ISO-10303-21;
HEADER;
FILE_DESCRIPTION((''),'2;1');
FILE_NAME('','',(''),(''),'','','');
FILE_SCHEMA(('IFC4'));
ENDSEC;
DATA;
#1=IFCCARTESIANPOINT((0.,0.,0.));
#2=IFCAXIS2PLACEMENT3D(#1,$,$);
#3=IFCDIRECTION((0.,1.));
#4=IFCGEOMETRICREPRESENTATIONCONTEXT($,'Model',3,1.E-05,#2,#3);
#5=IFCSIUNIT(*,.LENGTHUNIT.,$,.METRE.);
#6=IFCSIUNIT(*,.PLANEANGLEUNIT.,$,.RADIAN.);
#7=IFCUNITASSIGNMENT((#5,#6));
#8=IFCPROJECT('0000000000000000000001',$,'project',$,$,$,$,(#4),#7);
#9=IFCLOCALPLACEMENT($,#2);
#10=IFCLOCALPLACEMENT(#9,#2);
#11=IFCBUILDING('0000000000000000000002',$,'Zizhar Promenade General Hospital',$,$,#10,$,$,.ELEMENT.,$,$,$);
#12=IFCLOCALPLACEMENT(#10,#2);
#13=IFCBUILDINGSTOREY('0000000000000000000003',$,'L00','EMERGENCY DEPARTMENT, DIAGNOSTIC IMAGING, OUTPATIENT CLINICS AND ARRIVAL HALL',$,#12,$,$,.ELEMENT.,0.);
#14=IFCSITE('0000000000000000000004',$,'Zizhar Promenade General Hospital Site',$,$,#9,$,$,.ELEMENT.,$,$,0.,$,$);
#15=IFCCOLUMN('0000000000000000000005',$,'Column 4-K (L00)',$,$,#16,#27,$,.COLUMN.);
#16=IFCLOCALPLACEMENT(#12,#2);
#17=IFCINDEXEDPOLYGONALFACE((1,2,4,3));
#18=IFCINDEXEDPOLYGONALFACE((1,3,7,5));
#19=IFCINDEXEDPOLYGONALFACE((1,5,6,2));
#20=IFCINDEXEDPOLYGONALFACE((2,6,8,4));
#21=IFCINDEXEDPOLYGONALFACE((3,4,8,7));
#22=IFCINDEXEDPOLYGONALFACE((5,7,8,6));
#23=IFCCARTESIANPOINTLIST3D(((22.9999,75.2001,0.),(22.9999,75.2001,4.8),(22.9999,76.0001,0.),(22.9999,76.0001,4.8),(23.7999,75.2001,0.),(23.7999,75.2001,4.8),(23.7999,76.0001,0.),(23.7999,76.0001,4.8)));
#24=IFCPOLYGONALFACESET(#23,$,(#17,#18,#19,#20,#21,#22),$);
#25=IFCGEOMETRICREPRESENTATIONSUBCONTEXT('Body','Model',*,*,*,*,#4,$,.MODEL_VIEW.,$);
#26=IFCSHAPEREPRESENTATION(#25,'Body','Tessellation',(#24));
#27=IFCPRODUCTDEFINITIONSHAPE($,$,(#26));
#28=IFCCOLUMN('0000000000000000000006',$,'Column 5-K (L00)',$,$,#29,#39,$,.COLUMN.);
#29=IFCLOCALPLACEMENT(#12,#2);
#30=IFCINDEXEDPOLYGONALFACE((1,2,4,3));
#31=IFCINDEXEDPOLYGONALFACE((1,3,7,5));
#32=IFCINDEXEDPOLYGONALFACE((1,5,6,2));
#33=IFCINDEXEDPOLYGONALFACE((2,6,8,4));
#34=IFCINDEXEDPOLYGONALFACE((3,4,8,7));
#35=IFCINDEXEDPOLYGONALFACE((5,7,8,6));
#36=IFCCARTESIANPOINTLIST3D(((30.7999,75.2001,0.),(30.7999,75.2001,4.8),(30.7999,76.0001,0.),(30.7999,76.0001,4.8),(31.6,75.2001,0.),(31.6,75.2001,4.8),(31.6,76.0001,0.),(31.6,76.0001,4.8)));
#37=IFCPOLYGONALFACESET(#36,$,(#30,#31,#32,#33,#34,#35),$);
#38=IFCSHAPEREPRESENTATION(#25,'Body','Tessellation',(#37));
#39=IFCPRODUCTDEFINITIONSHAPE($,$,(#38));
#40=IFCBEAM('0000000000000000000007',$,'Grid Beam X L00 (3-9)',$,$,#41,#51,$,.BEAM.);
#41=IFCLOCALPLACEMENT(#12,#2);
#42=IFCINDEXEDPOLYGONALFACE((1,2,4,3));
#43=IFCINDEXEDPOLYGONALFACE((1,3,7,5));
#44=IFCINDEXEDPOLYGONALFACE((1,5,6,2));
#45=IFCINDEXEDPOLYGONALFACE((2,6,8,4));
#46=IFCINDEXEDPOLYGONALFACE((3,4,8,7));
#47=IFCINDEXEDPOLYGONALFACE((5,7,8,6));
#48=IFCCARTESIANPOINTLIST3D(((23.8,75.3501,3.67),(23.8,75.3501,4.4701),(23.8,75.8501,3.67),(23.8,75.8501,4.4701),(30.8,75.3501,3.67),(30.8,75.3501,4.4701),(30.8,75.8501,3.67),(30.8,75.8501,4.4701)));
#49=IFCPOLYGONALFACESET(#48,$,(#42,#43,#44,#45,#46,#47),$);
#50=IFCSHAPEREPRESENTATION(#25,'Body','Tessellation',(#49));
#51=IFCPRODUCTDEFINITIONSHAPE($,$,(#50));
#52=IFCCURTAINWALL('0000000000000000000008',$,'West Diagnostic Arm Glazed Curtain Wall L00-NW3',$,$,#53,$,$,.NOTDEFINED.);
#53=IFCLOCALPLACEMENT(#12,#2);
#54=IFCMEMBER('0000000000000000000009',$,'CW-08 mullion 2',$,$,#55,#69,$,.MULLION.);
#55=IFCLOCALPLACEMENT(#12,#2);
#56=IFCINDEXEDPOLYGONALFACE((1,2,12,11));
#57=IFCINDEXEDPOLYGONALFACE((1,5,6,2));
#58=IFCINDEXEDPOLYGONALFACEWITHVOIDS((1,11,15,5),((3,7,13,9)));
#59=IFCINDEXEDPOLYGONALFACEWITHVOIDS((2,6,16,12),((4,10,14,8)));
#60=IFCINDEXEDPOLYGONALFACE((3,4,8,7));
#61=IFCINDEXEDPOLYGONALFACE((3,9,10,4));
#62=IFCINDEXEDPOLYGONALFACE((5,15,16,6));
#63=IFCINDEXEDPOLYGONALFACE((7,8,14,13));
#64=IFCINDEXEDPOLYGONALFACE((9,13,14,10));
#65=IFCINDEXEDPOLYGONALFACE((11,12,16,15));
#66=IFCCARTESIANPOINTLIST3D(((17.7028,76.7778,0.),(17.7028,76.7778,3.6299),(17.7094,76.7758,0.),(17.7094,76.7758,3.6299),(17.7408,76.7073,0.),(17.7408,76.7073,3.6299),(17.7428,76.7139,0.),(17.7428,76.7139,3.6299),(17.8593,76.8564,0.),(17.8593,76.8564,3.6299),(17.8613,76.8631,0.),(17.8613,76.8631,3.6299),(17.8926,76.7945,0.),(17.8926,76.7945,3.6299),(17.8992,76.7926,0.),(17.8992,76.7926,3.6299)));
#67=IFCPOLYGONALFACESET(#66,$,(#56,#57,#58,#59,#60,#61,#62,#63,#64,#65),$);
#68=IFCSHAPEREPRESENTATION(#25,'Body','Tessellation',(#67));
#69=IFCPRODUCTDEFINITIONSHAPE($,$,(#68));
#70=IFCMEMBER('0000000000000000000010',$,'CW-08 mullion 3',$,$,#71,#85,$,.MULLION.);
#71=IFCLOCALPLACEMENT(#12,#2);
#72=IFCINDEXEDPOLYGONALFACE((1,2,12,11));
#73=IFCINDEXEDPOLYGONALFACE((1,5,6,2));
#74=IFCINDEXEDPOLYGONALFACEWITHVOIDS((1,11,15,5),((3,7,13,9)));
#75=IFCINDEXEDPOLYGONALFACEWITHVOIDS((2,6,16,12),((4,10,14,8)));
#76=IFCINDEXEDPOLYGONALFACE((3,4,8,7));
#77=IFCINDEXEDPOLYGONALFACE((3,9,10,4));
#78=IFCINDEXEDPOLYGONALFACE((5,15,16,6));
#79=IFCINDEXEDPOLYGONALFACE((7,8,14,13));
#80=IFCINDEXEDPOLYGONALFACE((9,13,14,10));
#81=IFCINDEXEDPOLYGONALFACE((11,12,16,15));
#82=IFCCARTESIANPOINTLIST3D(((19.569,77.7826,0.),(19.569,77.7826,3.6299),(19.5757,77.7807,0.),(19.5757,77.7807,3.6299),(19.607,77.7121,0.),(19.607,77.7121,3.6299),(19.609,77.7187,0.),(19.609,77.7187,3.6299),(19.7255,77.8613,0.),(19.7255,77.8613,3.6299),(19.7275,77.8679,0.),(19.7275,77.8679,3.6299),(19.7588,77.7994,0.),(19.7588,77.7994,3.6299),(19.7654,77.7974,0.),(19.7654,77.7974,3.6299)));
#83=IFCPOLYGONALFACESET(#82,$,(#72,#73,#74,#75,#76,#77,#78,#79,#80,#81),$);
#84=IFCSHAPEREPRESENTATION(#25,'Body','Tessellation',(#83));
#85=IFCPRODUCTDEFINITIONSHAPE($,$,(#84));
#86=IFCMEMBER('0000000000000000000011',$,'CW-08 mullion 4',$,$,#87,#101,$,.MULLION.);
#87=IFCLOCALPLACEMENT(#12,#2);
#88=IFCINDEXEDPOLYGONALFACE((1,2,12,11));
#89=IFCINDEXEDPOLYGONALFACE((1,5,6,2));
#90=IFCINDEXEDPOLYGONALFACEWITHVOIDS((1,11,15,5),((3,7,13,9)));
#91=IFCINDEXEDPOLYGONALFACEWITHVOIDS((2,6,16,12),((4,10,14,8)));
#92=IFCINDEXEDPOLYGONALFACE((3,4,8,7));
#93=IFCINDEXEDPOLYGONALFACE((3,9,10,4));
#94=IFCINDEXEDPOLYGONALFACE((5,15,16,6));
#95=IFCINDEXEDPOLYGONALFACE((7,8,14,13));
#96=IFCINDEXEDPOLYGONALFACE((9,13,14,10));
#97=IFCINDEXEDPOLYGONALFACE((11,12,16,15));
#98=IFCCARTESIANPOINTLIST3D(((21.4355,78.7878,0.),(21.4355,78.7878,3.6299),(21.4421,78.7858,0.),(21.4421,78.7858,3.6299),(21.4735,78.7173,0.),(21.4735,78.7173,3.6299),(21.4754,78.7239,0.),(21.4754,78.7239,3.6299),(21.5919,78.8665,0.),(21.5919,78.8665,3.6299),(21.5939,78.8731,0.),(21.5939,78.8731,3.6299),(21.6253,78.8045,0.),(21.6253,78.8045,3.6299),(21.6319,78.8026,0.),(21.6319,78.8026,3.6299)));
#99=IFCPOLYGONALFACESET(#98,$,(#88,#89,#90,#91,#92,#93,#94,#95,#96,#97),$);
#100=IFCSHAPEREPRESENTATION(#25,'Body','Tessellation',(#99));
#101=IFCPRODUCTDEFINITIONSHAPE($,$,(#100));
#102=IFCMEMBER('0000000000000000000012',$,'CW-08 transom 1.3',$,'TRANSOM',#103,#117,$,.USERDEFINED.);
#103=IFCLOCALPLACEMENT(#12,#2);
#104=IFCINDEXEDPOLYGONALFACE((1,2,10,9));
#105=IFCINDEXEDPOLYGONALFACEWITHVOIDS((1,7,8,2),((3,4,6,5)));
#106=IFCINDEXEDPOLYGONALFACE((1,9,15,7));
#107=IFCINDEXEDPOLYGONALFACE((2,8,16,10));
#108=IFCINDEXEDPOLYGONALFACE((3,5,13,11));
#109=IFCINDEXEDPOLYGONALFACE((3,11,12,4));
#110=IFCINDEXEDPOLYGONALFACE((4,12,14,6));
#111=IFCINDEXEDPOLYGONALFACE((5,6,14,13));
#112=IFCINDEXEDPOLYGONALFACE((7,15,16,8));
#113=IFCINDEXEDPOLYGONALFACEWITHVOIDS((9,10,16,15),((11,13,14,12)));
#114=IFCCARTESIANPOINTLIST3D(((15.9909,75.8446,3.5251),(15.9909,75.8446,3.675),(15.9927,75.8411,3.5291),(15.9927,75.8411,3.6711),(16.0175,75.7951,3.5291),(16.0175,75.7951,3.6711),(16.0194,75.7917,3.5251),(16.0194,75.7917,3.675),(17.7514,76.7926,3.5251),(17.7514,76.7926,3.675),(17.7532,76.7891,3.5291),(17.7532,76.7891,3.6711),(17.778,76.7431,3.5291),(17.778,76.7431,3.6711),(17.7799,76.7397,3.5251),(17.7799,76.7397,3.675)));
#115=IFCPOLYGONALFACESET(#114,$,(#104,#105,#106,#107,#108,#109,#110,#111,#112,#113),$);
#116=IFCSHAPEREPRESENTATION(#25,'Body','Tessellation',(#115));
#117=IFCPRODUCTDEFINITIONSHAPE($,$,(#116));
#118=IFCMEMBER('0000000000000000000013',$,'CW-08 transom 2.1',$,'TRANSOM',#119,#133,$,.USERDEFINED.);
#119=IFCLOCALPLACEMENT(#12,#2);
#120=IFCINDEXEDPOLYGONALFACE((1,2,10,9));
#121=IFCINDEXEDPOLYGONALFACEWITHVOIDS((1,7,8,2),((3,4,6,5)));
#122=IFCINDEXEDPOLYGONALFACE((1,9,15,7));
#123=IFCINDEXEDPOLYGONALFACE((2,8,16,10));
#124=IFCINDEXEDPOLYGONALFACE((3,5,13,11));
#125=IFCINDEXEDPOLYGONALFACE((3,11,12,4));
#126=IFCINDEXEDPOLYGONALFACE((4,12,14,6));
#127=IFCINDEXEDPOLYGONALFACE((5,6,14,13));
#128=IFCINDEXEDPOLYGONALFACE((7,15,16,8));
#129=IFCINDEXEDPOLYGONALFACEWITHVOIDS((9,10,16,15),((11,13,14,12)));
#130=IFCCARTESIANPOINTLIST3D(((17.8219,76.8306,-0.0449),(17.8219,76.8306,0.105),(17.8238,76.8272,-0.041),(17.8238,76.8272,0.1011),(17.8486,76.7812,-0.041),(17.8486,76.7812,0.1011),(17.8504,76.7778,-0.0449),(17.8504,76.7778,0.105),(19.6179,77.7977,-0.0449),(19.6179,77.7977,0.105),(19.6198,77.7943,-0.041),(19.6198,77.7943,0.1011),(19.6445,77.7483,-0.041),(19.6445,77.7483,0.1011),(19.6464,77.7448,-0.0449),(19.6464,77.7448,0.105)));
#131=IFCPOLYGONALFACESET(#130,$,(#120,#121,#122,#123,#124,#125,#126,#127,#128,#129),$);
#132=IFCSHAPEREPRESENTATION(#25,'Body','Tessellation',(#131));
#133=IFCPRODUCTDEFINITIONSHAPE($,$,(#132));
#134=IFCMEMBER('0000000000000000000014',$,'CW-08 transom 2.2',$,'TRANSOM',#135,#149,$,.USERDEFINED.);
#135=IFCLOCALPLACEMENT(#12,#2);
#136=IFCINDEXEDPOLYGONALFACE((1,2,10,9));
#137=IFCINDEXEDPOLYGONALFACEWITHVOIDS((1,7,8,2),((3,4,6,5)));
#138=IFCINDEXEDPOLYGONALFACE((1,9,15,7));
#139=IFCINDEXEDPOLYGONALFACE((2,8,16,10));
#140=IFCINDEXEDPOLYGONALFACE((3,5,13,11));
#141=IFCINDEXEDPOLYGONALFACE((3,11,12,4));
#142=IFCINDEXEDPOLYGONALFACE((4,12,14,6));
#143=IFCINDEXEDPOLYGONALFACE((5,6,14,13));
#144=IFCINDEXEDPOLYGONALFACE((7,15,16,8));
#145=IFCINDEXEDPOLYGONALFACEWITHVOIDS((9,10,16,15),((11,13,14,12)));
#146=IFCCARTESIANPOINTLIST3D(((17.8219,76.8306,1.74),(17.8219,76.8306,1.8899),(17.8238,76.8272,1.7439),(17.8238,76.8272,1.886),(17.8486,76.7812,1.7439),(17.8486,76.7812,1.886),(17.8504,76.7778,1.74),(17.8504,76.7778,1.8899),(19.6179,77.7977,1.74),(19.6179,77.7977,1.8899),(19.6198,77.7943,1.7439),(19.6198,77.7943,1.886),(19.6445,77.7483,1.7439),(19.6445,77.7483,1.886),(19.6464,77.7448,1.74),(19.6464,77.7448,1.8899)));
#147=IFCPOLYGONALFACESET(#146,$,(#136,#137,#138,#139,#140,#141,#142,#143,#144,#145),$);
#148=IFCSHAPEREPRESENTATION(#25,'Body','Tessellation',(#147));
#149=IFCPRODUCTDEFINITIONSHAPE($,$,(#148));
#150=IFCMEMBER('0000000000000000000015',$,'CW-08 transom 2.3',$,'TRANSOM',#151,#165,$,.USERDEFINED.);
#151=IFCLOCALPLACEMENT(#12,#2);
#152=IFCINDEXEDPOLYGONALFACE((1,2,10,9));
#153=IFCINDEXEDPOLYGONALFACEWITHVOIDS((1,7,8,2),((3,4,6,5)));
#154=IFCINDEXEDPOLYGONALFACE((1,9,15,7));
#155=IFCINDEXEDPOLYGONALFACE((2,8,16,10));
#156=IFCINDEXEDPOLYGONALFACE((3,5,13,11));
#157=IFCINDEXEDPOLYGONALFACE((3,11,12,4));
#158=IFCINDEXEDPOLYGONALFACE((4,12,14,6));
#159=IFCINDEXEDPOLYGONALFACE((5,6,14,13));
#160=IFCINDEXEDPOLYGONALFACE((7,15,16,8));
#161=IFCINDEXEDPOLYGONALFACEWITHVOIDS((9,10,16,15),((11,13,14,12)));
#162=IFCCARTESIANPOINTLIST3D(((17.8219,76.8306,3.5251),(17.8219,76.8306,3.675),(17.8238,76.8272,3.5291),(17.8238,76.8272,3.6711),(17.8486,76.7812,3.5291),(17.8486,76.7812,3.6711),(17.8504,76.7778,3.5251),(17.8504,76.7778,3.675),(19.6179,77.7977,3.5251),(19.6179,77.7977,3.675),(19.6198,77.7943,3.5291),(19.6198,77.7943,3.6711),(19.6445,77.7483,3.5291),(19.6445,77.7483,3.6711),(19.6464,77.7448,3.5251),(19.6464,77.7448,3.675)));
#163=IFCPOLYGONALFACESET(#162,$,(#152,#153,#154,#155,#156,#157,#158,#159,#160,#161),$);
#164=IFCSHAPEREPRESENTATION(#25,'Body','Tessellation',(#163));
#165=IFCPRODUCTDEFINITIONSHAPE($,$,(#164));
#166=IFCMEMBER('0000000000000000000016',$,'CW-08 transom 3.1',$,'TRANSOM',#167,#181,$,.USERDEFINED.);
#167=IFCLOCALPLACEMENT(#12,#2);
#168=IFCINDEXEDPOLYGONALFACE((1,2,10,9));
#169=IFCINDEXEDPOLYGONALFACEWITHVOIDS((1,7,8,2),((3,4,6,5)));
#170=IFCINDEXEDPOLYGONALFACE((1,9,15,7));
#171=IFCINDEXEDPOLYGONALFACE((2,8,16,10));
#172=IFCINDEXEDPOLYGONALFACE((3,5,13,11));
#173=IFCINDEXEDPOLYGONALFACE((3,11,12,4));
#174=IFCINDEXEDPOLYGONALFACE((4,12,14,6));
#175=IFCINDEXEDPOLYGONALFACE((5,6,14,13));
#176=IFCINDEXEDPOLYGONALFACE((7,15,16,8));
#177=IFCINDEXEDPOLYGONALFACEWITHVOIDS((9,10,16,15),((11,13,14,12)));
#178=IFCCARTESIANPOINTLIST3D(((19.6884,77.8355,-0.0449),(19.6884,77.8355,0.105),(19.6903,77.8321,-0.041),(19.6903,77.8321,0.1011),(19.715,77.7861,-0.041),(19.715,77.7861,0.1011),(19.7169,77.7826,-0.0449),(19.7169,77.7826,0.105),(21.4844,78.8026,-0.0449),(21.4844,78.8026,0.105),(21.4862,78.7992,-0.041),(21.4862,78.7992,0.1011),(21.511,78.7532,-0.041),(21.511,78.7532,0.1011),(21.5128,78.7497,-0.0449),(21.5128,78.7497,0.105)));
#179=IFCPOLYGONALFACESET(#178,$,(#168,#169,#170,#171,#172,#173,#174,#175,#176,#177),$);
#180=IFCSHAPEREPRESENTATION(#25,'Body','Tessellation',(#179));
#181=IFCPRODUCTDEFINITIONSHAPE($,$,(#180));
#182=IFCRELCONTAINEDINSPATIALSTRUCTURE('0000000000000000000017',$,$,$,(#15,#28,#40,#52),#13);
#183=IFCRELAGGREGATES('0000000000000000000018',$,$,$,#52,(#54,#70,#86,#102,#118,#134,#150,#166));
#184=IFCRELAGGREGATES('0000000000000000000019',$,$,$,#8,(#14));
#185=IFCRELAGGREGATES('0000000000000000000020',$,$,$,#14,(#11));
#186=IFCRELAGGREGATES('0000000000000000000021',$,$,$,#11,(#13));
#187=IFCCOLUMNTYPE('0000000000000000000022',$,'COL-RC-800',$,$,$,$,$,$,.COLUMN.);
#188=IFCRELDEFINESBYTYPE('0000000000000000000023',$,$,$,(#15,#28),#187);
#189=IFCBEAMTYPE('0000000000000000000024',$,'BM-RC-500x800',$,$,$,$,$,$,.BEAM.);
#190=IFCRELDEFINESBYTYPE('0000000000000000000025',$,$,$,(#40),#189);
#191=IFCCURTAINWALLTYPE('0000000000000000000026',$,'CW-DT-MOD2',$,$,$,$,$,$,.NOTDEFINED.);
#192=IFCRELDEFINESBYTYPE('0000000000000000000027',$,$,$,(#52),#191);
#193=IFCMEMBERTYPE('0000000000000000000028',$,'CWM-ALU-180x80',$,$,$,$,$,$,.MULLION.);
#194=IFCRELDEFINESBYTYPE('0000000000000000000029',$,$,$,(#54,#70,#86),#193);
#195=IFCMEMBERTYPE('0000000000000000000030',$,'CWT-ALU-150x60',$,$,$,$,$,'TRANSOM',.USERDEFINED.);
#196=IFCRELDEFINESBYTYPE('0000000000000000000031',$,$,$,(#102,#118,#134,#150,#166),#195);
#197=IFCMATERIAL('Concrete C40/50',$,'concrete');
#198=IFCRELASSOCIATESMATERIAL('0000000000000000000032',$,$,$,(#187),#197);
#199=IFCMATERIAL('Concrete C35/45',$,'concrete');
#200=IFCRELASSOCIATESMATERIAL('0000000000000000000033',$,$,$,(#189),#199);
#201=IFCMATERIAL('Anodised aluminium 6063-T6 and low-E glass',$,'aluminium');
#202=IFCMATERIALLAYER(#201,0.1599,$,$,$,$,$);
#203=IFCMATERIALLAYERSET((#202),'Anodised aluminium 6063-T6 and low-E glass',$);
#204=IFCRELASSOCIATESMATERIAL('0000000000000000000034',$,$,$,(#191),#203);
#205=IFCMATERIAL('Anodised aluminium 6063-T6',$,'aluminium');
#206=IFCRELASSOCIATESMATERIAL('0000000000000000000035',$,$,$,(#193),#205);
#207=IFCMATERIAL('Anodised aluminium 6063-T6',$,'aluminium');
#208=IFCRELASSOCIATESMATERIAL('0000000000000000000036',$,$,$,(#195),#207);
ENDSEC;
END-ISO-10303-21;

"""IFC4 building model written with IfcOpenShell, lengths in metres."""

from ifc_helpers import new_model, si_unit, direction, frame, origin, origin_2d, place, context, subcontext, project, spatial, rectangle, hollow_rectangle, extrude, material, layer, layer_set, material_profile, profile_set, type_object, element, aggregate, save


model = new_model("IFC4")

# Units and contexts
model_context = context("Model", 3, precision=1e-05, world=origin(), true_north=direction((0.0, 1.0)))
body_context = subcontext(model_context, "Body", "Model", "MODEL_VIEW")
ifc_project = project(units=[si_unit("LENGTHUNIT", "METRE"), si_unit("PLANEANGLEUNIT", "RADIAN")], contexts=[model_context])

# Site, building, storey
site_placement = place(None, origin())
site = spatial("IfcSite", under=ifc_project, at=site_placement, Name="Zizhar Promenade General Hospital Site", CompositionType="ELEMENT", RefElevation=0.0)
building_placement = place(site_placement, origin())
building = spatial("IfcBuilding", under=site, at=building_placement, Name="Zizhar Promenade General Hospital", CompositionType="ELEMENT")
storey_placement = place(building_placement, origin())
storey = spatial("IfcBuildingStorey", under=building, at=storey_placement, Name="L00", Description="EMERGENCY DEPARTMENT, DIAGNOSTIC IMAGING, OUTPATIENT CLINICS AND ARRIVAL HALL", CompositionType="ELEMENT", Elevation=0.0)

# Columns
ifc_material_1 = material(Name="Concrete C40/50", Category="concrete")
ifc_material_profile_1 = material_profile(ifc_material_1, rectangle(XDim=0.8, YDim=0.8, at=origin_2d()))
ifc_profile_set_1 = profile_set([ifc_material_profile_1], Name="Concrete C40/50")
column_type = type_object("IfcColumnType", Name="COL-RC-800", PredefinedType="COLUMN", material=ifc_profile_set_1)
for number, where, z_axis, x_axis, name in (
    (1, (23.3999, 75.6001, 0.0), (0.0, 0.0, 1.0), (1.0, 0.0, 0.0), "Column 4-K (L00)"),
    (2, (31.2, 75.6001, 0.0), (0.0, 0.0, 1.0), (1.0, 0.0, 0.0), "Column 5-K (L00)"),
):
    element("IfcColumn", number, at=place(storey_placement, frame(where, z_axis=z_axis, x_axis=x_axis)), inside=storey, type_object=column_type, Name=name, PredefinedType="COLUMN", context=body_context, shape_type="SweptSolid", body=[
        extrude(rectangle(XDim=0.8, YDim=0.8, at=origin_2d()), origin(), (0.0, 0.0, 1.0), 4.8),
    ])

# Beam
ifc_material_2 = material(Name="Concrete C35/45", Category="concrete")
ifc_material_profile_2 = material_profile(ifc_material_2, rectangle(XDim=0.5, YDim=0.8, at=origin_2d()))
ifc_profile_set_2 = profile_set([ifc_material_profile_2], Name="Concrete C35/45")
beam_type = type_object("IfcBeamType", Name="BM-RC-500x800", PredefinedType="BEAM", material=ifc_profile_set_2)
beam_placement = place(storey_placement, frame((23.8, 75.6001, 4.0701), z_axis=(1.0, 0.0, 0.0), x_axis=(0.0, 1.0, 0.0)))
element("IfcBeam", 3, at=beam_placement, inside=storey, type_object=beam_type, Name="Grid Beam X L00 (3-9)", PredefinedType="BEAM", context=body_context, shape_type="SweptSolid", body=[
    extrude(rectangle(XDim=0.5, YDim=0.8, at=origin_2d()), origin(), (0.0, 0.0, 1.0), 7.0),
])

# Curtain wall, members
ifc_material_3 = material(Name="Anodised aluminium 6063-T6 and low-E glass", Category="aluminium")
ifc_layer_1 = layer(ifc_material_3, 0.1599)
ifc_layer_set_1 = layer_set([ifc_layer_1], Name="Anodised aluminium 6063-T6 and low-E glass")
curtain_wall_type = type_object("IfcCurtainWallType", Name="CW-DT-MOD2", PredefinedType="NOTDEFINED", material=ifc_layer_set_1)
curtain_wall_placement = place(storey_placement, origin())
curtain_wall = element("IfcCurtainWall", 4, at=curtain_wall_placement, inside=storey, type_object=curtain_wall_type, Name="West Diagnostic Arm Glazed Curtain Wall L00-NW3", PredefinedType="NOTDEFINED")
ifc_material_4 = material(Name="Anodised aluminium 6063-T6", Category="aluminium")
ifc_material_profile_3 = material_profile(ifc_material_4, hollow_rectangle(XDim=0.0801, YDim=0.1799, WallThickness=0.0049, at=origin_2d()))
ifc_profile_set_3 = profile_set([ifc_material_profile_3], Name="Anodised aluminium 6063-T6")
member_type_1 = type_object("IfcMemberType", Name="CWM-ALU-180x80", PredefinedType="MULLION", material=ifc_profile_set_3)
member_1_placement = place(storey_placement, frame((17.801, 76.7852, 0.0), z_axis=(0.0, 0.0, 1.0), x_axis=(-0.474097, 0.880473, 0.0)))
member_1 = element("IfcMember", 5, at=member_1_placement, type_object=member_type_1, Name="CW-08 mullion 2", PredefinedType="MULLION", context=body_context, shape_type="SweptSolid", body=[
    extrude(hollow_rectangle(XDim=0.0801, YDim=0.1799, WallThickness=0.0049, at=origin_2d()), origin(), (0.0, 0.0, 1.0), 3.6299),
])
member_2_placement = place(storey_placement, frame((19.6672, 77.79, 0.0), z_axis=(0.0, 0.0, 1.0), x_axis=(-0.474097, 0.880473, 0.0)))
member_2 = element("IfcMember", 6, at=member_2_placement, type_object=member_type_1, Name="CW-08 mullion 3", PredefinedType="MULLION", context=body_context, shape_type="SweptSolid", body=[
    extrude(hollow_rectangle(XDim=0.0801, YDim=0.1799, WallThickness=0.0049, at=origin_2d()), origin(), (0.0, 0.0, 1.0), 3.6299),
])
member_3_placement = place(storey_placement, frame((21.5337, 78.7952, 0.0), z_axis=(0.0, 0.0, 1.0), x_axis=(-0.474097, 0.880473, 0.0)))
member_3 = element("IfcMember", 7, at=member_3_placement, type_object=member_type_1, Name="CW-08 mullion 4", PredefinedType="MULLION", context=body_context, shape_type="SweptSolid", body=[
    extrude(hollow_rectangle(XDim=0.0801, YDim=0.1799, WallThickness=0.0049, at=origin_2d()), origin(), (0.0, 0.0, 1.0), 3.6299),
])
ifc_material_5 = material(Name="Anodised aluminium 6063-T6", Category="aluminium")
ifc_material_profile_4 = material_profile(ifc_material_5, hollow_rectangle(XDim=0.0601, YDim=0.1499, WallThickness=0.0039, at=origin_2d()))
ifc_profile_set_4 = profile_set([ifc_material_profile_4], Name="Anodised aluminium 6063-T6")
member_type_2 = type_object("IfcMemberType", Name="CWT-ALU-150x60", ElementType="TRANSOM", PredefinedType="USERDEFINED", material=ifc_profile_set_4)
member_4_placement = place(storey_placement, frame((16.0051, 75.8181, 3.6001), z_axis=(0.880463, 0.474114, 0.0), x_axis=(-0.474114, 0.880463, 0.0)))
member_4 = element("IfcMember", 8, at=member_4_placement, type_object=member_type_2, Name="CW-08 transom 1.3", ObjectType="TRANSOM", PredefinedType="USERDEFINED", context=body_context, shape_type="SweptSolid", body=[
    extrude(hollow_rectangle(XDim=0.0601, YDim=0.1499, WallThickness=0.0039, at=origin_2d()), origin(), (0.0, 0.0, 1.0), 1.9995),
])
member_5_placement = place(storey_placement, frame((17.8362, 76.8042, 0.03), z_axis=(0.880467, 0.474107, 0.0), x_axis=(-0.474107, 0.880467, 0.0)))
member_5 = element("IfcMember", 9, at=member_5_placement, type_object=member_type_2, Name="CW-08 transom 2.1", ObjectType="TRANSOM", PredefinedType="USERDEFINED", context=body_context, shape_type="SweptSolid", body=[
    extrude(hollow_rectangle(XDim=0.0601, YDim=0.1499, WallThickness=0.0039, at=origin_2d()), origin(), (0.0, 0.0, 1.0), 2.0398),
])
member_6_placement = place(storey_placement, frame((17.8362, 76.8042, 1.8149), z_axis=(0.880467, 0.474107, 0.0), x_axis=(-0.474107, 0.880467, 0.0)))
member_6 = element("IfcMember", 10, at=member_6_placement, type_object=member_type_2, Name="CW-08 transom 2.2", ObjectType="TRANSOM", PredefinedType="USERDEFINED", context=body_context, shape_type="SweptSolid", body=[
    extrude(hollow_rectangle(XDim=0.0601, YDim=0.1499, WallThickness=0.0039, at=origin_2d()), origin(), (0.0, 0.0, 1.0), 2.0398),
])
member_7_placement = place(storey_placement, frame((17.8362, 76.8042, 3.6001), z_axis=(0.880467, 0.474107, 0.0), x_axis=(-0.474107, 0.880467, 0.0)))
member_7 = element("IfcMember", 11, at=member_7_placement, type_object=member_type_2, Name="CW-08 transom 2.3", ObjectType="TRANSOM", PredefinedType="USERDEFINED", context=body_context, shape_type="SweptSolid", body=[
    extrude(hollow_rectangle(XDim=0.0601, YDim=0.1499, WallThickness=0.0039, at=origin_2d()), origin(), (0.0, 0.0, 1.0), 2.0398),
])
member_8_placement = place(storey_placement, frame((19.7026, 77.8091, 0.03), z_axis=(0.880467, 0.474107, 0.0), x_axis=(-0.474107, 0.880467, 0.0)))
member_8 = element("IfcMember", 12, at=member_8_placement, type_object=member_type_2, Name="CW-08 transom 3.1", ObjectType="TRANSOM", PredefinedType="USERDEFINED", context=body_context, shape_type="SweptSolid", body=[
    extrude(hollow_rectangle(XDim=0.0601, YDim=0.1499, WallThickness=0.0039, at=origin_2d()), origin(), (0.0, 0.0, 1.0), 2.0398),
])
aggregate(curtain_wall, [member_1, member_2, member_3, member_4, member_5, member_6, member_7, member_8])

save(model, "model.ifc")
